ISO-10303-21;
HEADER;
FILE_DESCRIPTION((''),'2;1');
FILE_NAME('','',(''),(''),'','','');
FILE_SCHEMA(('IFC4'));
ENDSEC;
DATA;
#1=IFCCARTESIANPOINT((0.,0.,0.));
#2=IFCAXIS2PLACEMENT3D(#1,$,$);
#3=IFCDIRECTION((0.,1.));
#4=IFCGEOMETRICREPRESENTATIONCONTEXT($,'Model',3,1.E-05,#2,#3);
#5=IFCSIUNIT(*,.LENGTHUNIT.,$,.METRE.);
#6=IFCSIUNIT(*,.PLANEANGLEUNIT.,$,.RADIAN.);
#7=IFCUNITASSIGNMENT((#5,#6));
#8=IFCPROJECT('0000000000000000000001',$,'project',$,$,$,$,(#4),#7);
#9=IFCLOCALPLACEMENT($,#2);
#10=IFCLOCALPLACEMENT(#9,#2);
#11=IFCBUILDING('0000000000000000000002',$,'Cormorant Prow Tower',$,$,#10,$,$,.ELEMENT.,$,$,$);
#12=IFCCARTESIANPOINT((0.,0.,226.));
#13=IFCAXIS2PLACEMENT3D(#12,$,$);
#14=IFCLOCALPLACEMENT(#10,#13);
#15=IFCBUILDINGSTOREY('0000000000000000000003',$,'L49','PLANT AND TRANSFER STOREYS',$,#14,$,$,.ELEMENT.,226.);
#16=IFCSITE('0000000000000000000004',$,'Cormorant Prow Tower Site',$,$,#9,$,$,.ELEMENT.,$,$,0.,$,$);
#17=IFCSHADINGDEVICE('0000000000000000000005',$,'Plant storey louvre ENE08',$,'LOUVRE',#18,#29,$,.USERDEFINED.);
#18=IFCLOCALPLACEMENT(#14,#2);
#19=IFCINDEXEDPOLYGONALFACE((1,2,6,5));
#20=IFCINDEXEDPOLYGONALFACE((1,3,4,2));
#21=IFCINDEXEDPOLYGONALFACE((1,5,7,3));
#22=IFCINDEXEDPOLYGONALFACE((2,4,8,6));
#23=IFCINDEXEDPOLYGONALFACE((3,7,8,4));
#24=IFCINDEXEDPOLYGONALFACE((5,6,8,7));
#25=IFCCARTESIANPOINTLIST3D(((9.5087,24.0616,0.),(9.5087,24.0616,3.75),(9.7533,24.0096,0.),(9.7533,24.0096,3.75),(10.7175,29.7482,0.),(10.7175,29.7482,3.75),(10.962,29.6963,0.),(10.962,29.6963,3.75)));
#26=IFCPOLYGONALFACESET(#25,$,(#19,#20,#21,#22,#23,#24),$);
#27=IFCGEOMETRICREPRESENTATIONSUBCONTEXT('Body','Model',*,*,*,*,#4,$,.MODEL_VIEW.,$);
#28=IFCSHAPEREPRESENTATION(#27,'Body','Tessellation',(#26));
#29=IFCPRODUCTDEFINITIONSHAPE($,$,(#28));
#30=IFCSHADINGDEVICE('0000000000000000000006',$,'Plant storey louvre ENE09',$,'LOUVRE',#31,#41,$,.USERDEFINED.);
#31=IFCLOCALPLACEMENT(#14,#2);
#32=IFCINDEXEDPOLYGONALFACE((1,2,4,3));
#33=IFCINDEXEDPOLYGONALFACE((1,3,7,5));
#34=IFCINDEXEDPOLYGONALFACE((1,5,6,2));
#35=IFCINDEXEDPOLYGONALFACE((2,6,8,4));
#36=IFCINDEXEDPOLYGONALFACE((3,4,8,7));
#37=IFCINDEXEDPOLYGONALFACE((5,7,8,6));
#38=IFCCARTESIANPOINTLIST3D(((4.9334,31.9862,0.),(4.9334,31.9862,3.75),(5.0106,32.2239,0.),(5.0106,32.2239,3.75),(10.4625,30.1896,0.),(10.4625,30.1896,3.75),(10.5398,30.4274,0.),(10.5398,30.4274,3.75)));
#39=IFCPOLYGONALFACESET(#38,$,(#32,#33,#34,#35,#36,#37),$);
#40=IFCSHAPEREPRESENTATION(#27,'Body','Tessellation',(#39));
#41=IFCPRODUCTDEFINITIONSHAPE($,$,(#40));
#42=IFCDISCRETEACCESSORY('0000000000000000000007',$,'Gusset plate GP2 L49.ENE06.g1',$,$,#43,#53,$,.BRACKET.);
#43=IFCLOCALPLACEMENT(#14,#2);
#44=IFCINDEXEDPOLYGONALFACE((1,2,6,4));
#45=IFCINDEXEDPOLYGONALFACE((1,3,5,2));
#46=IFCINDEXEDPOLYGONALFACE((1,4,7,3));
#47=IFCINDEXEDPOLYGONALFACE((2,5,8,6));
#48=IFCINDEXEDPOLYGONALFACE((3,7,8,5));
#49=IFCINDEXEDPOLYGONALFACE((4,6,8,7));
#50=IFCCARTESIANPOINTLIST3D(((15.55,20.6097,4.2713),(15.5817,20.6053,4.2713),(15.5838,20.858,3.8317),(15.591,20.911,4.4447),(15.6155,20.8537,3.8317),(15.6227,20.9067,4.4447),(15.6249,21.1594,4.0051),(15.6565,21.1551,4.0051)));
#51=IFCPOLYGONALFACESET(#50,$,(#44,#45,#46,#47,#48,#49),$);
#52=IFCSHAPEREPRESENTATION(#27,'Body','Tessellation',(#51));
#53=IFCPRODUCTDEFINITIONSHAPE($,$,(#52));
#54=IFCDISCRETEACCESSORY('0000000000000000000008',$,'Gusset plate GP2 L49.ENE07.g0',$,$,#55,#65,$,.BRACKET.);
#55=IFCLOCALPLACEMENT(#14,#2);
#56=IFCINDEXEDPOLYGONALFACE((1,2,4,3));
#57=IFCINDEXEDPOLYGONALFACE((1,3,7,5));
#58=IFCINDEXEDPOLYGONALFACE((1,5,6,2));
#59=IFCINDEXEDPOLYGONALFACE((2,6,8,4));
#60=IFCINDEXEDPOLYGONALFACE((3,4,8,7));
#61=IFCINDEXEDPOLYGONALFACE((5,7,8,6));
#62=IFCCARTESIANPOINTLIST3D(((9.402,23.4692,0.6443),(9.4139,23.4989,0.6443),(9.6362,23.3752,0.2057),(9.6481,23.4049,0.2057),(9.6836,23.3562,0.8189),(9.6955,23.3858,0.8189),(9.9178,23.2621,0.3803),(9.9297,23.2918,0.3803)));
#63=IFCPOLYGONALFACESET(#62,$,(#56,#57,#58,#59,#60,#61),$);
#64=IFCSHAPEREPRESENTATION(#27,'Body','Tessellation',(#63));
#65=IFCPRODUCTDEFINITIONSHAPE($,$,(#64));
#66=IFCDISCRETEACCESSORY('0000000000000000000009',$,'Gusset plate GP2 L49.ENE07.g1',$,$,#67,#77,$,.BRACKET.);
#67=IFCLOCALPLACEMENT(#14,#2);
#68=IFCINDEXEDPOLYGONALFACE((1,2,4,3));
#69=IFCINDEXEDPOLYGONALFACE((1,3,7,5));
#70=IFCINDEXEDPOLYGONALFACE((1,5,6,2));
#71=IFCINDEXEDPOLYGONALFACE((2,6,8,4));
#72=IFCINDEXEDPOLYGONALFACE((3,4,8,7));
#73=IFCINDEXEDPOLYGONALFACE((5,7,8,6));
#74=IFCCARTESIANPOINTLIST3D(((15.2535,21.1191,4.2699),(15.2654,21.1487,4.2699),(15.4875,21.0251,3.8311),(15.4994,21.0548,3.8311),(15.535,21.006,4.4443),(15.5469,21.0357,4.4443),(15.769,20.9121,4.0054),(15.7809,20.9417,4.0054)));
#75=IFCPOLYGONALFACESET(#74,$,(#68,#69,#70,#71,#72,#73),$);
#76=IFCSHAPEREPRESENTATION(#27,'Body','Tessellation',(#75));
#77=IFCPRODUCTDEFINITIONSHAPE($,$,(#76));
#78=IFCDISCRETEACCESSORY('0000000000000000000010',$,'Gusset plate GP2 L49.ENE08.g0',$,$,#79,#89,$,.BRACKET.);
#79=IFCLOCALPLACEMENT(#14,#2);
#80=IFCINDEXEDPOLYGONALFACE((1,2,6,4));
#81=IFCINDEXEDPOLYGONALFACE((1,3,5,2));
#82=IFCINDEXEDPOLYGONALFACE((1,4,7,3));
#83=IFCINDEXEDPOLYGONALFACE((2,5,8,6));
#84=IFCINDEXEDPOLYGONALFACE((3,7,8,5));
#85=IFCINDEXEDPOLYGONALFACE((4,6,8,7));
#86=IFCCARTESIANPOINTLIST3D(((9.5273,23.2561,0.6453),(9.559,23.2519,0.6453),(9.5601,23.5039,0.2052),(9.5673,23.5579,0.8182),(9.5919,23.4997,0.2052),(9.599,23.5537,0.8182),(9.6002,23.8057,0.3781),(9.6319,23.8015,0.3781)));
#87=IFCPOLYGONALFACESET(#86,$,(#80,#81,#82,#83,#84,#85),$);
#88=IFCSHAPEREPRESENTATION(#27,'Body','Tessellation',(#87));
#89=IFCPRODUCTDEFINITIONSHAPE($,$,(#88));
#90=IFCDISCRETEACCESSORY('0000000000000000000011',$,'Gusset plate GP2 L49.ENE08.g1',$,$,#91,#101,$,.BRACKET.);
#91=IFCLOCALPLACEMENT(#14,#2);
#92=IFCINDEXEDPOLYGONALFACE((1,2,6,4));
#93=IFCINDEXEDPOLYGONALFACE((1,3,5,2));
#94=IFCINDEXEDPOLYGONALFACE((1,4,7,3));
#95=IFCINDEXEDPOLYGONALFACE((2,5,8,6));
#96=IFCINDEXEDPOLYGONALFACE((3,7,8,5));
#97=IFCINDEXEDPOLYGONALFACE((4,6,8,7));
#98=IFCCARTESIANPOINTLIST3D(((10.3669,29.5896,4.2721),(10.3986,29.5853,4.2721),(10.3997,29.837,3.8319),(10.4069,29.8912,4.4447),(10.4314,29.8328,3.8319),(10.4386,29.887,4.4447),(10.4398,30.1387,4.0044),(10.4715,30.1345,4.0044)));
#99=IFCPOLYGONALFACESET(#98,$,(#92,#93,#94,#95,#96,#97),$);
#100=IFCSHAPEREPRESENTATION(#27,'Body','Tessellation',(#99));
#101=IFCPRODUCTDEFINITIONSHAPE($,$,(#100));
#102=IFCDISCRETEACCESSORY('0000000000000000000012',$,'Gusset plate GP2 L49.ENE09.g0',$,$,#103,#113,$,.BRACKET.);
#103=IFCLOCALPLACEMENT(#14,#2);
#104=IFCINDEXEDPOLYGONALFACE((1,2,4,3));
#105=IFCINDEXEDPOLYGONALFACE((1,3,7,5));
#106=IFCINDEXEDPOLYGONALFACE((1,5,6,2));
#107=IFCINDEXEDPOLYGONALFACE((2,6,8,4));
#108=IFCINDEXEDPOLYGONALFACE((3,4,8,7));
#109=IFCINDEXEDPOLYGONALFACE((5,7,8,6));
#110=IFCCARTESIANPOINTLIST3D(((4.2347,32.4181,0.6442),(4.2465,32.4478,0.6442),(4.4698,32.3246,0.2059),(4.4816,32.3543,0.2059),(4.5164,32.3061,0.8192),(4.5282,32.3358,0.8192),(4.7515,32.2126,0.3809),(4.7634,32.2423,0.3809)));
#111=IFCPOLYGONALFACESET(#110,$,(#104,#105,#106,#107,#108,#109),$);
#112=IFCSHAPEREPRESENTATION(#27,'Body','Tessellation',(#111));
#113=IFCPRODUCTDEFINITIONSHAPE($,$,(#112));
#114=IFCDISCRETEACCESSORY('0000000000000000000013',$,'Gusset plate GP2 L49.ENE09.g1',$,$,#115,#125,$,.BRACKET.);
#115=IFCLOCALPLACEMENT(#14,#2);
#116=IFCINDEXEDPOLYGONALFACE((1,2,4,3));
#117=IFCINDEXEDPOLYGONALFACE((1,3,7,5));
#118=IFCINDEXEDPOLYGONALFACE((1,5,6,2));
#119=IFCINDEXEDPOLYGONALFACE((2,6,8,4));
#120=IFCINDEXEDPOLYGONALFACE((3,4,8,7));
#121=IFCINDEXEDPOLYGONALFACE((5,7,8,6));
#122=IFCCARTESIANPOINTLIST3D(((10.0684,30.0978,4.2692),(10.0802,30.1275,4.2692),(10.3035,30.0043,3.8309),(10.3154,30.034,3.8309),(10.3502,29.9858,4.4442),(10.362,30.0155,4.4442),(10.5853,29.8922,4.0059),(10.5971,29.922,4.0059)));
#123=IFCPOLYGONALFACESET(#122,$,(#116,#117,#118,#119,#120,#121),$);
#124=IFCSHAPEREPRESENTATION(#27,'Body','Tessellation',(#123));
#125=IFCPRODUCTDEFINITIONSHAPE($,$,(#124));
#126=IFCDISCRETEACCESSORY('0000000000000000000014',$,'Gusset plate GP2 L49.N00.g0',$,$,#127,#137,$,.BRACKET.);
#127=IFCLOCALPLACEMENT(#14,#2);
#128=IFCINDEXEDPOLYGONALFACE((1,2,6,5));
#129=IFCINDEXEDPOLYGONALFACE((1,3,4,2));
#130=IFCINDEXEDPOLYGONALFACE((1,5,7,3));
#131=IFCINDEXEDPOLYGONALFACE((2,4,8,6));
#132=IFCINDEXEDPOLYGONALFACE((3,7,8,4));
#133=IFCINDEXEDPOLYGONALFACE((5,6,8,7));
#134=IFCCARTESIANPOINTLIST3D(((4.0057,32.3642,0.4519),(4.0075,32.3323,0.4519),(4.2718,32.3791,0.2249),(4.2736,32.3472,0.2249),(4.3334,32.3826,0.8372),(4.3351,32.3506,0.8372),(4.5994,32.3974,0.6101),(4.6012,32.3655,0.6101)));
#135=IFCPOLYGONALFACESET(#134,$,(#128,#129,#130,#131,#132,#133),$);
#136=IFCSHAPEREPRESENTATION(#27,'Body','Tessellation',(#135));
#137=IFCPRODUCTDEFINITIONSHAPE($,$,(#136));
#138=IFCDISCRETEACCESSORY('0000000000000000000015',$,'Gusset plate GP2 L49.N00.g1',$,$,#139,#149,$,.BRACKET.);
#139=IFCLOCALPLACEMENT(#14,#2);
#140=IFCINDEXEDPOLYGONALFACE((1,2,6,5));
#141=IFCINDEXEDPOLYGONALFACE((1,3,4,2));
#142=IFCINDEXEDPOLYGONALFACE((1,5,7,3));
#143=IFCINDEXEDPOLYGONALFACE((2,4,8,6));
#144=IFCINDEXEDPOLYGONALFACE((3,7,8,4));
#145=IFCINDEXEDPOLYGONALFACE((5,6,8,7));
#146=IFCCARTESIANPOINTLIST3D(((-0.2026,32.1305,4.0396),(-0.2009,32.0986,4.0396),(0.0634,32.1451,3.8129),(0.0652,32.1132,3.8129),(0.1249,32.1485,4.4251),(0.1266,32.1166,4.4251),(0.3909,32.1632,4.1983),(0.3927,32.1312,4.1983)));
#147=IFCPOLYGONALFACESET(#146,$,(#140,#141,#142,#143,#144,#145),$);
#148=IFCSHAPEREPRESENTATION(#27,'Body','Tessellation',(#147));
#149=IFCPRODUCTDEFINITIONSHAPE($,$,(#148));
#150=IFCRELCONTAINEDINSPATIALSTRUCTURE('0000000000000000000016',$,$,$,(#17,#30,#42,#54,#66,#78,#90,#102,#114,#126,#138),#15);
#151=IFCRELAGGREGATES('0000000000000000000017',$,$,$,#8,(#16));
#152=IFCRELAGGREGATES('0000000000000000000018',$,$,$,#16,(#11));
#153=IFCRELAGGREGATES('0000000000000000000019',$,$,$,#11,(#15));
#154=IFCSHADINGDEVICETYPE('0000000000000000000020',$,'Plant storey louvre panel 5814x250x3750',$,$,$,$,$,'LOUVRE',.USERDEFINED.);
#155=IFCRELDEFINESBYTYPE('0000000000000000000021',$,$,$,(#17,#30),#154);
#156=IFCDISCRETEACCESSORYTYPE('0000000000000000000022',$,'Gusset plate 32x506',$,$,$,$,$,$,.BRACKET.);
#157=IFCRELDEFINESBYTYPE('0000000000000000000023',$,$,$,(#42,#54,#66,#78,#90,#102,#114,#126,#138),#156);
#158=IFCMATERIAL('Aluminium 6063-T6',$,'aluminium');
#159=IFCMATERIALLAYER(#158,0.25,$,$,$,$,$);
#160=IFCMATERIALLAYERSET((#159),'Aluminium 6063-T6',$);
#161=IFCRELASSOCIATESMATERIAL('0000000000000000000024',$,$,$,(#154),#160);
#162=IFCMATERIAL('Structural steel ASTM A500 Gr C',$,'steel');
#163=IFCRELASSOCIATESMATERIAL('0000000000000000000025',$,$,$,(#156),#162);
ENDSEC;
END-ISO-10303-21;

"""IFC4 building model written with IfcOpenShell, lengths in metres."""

from ifc_helpers import new_model, si_unit, direction, frame, origin, origin_2d, place, context, subcontext, project, spatial, rectangle, extrude, material, layer, layer_set, material_profile, profile_set, type_object, element, save


model = new_model("IFC4")

# Units and contexts
model_context = context("Model", 3, precision=1e-05, world=origin(), true_north=direction((0.0, 1.0)))
body_context = subcontext(model_context, "Body", "Model", "MODEL_VIEW")
ifc_project = project(units=[si_unit("LENGTHUNIT", "METRE"), si_unit("PLANEANGLEUNIT", "RADIAN")], contexts=[model_context])

# Site, building, storey
site_placement = place(None, origin())
site = spatial("IfcSite", under=ifc_project, at=site_placement, Name="Cormorant Prow Tower Site", CompositionType="ELEMENT", RefElevation=0.0)
building_placement = place(site_placement, origin())
building = spatial("IfcBuilding", under=site, at=building_placement, Name="Cormorant Prow Tower", CompositionType="ELEMENT")
storey_placement = place(building_placement, frame((0.0, 0.0, 226.0)))
storey = spatial("IfcBuildingStorey", under=building, at=storey_placement, Name="L49", Description="PLANT AND TRANSFER STOREYS", CompositionType="ELEMENT", Elevation=226.0)

# Shading devices
ifc_material_1 = material(Name="Aluminium 6063-T6", Category="aluminium")
ifc_layer_1 = layer(ifc_material_1, 0.25)
ifc_layer_set_1 = layer_set([ifc_layer_1], Name="Aluminium 6063-T6")
shading_device_type_1 = type_object("IfcShadingDeviceType", Name="Plant storey louvre panel 5814x250x3750", ElementType="LOUVRE", PredefinedType="USERDEFINED", material=ifc_layer_set_1)
for number, where, z_axis, x_axis, name in (
    (1, (10.2354, 26.8789, 0.0), (0.0, 0.0, 1.0), (0.207912, 0.978148, 0.0), "Plant storey louvre ENE08"),
    (2, (7.7366, 31.2068, 0.0), (0.0, 0.0, 1.0), (-0.951057, 0.309017, 0.0), "Plant storey louvre ENE09"),
):
    element("IfcShadingDevice", number, at=place(storey_placement, frame(where, z_axis=z_axis, x_axis=x_axis)), inside=storey, type_object=shading_device_type_1, Name=name, ObjectType="LOUVRE", PredefinedType="USERDEFINED", context=body_context, shape_type="SweptSolid", body=[
        extrude(rectangle(XDim=5.8137, YDim=0.25, at=origin_2d()), origin(), (0.0, 0.0, 1.0), 3.75),
    ])

# Discrete accessories
ifc_material_2 = material(Name="Structural steel ASTM A500 Gr C", Category="steel")
ifc_material_profile_1 = material_profile(ifc_material_2, rectangle(XDim=0.032, YDim=0.5061, at=origin_2d()), Name="Gusset plate 32x506")
ifc_profile_set_1 = profile_set([ifc_material_profile_1], Name="Structural steel ASTM A500 Gr C")
discrete_accessory_type = type_object("IfcDiscreteAccessoryType", Name="Gusset plate 32x506", PredefinedType="BRACKET", material=ifc_profile_set_1)
for number, where, z_axis, x_axis, name in (
    (3, (15.5828, 20.7317, 4.0515), (0.117191, 0.860797, 0.495272), (-0.990859, 0.134898, 0.0), "Gusset plate GP2 L49.ENE06.g1"),
    (4, (9.8066, 23.324, 0.5996), (-0.804309, 0.322979, -0.498769), (-0.372639, -0.927976, 0.0), "Gusset plate GP2 L49.ENE07.g0"),
):
    element("IfcDiscreteAccessory", number, at=place(storey_placement, frame(where, z_axis=z_axis, x_axis=x_axis)), inside=storey, type_object=discrete_accessory_type, Name=name, PredefinedType="BRACKET", context=body_context, shape_type="SweptSolid", body=[
        extrude(rectangle(XDim=0.032, YDim=0.5061, at=origin_2d()), origin(), (0.0, 0.0, 1.0), 0.3501),
    ])
discrete_accessory_1_placement = place(storey_placement, frame((15.3765, 21.0869, 4.0505), z_axis=(0.804589, -0.323092, 0.498245), x_axis=(0.372639, 0.927976, 0.0)))
element("IfcDiscreteAccessory", 5, at=discrete_accessory_1_placement, inside=storey, type_object=discrete_accessory_type, Name="Gusset plate GP2 L49.ENE07.g1", PredefinedType="BRACKET", context=body_context, shape_type="SweptSolid", body=[
    extrude(rectangle(XDim=0.032, YDim=0.5061, at=origin_2d()), origin(), (0.0, 0.0, 1.0), 0.3499),
])
discrete_accessory_2_placement = place(storey_placement, frame((9.5996, 23.6797, 0.5981), z_axis=(-0.114379, -0.862029, -0.493784), x_axis=(0.991312, -0.131533, 0.0)))
element("IfcDiscreteAccessory", 6, at=discrete_accessory_2_placement, inside=storey, type_object=discrete_accessory_type, Name="Gusset plate GP2 L49.ENE08.g0", PredefinedType="BRACKET", context=body_context, shape_type="SweptSolid", body=[
    extrude(rectangle(XDim=0.032, YDim=0.5061, at=origin_2d()), origin(), (0.0, 0.0, 1.0), 0.3501),
])
discrete_accessory_3_placement = place(storey_placement, frame((10.3992, 29.7112, 4.052), z_axis=(0.114419, 0.862326, 0.493256), x_axis=(-0.991312, 0.131533, 0.0)))
element("IfcDiscreteAccessory", 7, at=discrete_accessory_3_placement, inside=storey, type_object=discrete_accessory_type, Name="Gusset plate GP2 L49.ENE08.g1", PredefinedType="BRACKET", context=body_context, shape_type="SweptSolid", body=[
    extrude(rectangle(XDim=0.032, YDim=0.5061, at=origin_2d()), origin(), (0.0, 0.0, 1.0), 0.3499),
])
for number, where, z_axis, x_axis, name in (
    (8, (4.6399, 32.2742, 0.6001), (-0.804717, 0.320074, -0.499984), (-0.369585, -0.929197, 0.0), "Gusset plate GP2 L49.ENE09.g0"),
    (9, (10.1919, 30.0659, 4.05), (0.804717, -0.320074, 0.499984), (0.369585, 0.929197, 0.0), "Gusset plate GP2 L49.ENE09.g1"),
    (10, (4.1704, 32.3574, 0.6445), (0.760044, 0.042535, -0.648478), (-0.055876, 0.998438, 0.0), "Gusset plate GP2 L49.N00.g0"),
):
    element("IfcDiscreteAccessory", number, at=place(storey_placement, frame(where, z_axis=z_axis, x_axis=x_axis)), inside=storey, type_object=discrete_accessory_type, Name=name, PredefinedType="BRACKET", context=body_context, shape_type="SweptSolid", body=[
        extrude(rectangle(XDim=0.032, YDim=0.5061, at=origin_2d()), origin(), (0.0, 0.0, 1.0), 0.3501),
    ])
discrete_accessory_4_placement = place(storey_placement, frame((0.228, 32.1382, 4.0056), z_axis=(-0.76041, -0.041857, 0.648093), x_axis=(0.054963, -0.998488, 0.0)))
element("IfcDiscreteAccessory", 11, at=discrete_accessory_4_placement, inside=storey, type_object=discrete_accessory_type, Name="Gusset plate GP2 L49.N00.g1", PredefinedType="BRACKET", context=body_context, shape_type="SweptSolid", body=[
    extrude(rectangle(XDim=0.032, YDim=0.5061, at=origin_2d()), origin(), (0.0, 0.0, 1.0), 0.3499),
])

save(model, "model.ifc")
